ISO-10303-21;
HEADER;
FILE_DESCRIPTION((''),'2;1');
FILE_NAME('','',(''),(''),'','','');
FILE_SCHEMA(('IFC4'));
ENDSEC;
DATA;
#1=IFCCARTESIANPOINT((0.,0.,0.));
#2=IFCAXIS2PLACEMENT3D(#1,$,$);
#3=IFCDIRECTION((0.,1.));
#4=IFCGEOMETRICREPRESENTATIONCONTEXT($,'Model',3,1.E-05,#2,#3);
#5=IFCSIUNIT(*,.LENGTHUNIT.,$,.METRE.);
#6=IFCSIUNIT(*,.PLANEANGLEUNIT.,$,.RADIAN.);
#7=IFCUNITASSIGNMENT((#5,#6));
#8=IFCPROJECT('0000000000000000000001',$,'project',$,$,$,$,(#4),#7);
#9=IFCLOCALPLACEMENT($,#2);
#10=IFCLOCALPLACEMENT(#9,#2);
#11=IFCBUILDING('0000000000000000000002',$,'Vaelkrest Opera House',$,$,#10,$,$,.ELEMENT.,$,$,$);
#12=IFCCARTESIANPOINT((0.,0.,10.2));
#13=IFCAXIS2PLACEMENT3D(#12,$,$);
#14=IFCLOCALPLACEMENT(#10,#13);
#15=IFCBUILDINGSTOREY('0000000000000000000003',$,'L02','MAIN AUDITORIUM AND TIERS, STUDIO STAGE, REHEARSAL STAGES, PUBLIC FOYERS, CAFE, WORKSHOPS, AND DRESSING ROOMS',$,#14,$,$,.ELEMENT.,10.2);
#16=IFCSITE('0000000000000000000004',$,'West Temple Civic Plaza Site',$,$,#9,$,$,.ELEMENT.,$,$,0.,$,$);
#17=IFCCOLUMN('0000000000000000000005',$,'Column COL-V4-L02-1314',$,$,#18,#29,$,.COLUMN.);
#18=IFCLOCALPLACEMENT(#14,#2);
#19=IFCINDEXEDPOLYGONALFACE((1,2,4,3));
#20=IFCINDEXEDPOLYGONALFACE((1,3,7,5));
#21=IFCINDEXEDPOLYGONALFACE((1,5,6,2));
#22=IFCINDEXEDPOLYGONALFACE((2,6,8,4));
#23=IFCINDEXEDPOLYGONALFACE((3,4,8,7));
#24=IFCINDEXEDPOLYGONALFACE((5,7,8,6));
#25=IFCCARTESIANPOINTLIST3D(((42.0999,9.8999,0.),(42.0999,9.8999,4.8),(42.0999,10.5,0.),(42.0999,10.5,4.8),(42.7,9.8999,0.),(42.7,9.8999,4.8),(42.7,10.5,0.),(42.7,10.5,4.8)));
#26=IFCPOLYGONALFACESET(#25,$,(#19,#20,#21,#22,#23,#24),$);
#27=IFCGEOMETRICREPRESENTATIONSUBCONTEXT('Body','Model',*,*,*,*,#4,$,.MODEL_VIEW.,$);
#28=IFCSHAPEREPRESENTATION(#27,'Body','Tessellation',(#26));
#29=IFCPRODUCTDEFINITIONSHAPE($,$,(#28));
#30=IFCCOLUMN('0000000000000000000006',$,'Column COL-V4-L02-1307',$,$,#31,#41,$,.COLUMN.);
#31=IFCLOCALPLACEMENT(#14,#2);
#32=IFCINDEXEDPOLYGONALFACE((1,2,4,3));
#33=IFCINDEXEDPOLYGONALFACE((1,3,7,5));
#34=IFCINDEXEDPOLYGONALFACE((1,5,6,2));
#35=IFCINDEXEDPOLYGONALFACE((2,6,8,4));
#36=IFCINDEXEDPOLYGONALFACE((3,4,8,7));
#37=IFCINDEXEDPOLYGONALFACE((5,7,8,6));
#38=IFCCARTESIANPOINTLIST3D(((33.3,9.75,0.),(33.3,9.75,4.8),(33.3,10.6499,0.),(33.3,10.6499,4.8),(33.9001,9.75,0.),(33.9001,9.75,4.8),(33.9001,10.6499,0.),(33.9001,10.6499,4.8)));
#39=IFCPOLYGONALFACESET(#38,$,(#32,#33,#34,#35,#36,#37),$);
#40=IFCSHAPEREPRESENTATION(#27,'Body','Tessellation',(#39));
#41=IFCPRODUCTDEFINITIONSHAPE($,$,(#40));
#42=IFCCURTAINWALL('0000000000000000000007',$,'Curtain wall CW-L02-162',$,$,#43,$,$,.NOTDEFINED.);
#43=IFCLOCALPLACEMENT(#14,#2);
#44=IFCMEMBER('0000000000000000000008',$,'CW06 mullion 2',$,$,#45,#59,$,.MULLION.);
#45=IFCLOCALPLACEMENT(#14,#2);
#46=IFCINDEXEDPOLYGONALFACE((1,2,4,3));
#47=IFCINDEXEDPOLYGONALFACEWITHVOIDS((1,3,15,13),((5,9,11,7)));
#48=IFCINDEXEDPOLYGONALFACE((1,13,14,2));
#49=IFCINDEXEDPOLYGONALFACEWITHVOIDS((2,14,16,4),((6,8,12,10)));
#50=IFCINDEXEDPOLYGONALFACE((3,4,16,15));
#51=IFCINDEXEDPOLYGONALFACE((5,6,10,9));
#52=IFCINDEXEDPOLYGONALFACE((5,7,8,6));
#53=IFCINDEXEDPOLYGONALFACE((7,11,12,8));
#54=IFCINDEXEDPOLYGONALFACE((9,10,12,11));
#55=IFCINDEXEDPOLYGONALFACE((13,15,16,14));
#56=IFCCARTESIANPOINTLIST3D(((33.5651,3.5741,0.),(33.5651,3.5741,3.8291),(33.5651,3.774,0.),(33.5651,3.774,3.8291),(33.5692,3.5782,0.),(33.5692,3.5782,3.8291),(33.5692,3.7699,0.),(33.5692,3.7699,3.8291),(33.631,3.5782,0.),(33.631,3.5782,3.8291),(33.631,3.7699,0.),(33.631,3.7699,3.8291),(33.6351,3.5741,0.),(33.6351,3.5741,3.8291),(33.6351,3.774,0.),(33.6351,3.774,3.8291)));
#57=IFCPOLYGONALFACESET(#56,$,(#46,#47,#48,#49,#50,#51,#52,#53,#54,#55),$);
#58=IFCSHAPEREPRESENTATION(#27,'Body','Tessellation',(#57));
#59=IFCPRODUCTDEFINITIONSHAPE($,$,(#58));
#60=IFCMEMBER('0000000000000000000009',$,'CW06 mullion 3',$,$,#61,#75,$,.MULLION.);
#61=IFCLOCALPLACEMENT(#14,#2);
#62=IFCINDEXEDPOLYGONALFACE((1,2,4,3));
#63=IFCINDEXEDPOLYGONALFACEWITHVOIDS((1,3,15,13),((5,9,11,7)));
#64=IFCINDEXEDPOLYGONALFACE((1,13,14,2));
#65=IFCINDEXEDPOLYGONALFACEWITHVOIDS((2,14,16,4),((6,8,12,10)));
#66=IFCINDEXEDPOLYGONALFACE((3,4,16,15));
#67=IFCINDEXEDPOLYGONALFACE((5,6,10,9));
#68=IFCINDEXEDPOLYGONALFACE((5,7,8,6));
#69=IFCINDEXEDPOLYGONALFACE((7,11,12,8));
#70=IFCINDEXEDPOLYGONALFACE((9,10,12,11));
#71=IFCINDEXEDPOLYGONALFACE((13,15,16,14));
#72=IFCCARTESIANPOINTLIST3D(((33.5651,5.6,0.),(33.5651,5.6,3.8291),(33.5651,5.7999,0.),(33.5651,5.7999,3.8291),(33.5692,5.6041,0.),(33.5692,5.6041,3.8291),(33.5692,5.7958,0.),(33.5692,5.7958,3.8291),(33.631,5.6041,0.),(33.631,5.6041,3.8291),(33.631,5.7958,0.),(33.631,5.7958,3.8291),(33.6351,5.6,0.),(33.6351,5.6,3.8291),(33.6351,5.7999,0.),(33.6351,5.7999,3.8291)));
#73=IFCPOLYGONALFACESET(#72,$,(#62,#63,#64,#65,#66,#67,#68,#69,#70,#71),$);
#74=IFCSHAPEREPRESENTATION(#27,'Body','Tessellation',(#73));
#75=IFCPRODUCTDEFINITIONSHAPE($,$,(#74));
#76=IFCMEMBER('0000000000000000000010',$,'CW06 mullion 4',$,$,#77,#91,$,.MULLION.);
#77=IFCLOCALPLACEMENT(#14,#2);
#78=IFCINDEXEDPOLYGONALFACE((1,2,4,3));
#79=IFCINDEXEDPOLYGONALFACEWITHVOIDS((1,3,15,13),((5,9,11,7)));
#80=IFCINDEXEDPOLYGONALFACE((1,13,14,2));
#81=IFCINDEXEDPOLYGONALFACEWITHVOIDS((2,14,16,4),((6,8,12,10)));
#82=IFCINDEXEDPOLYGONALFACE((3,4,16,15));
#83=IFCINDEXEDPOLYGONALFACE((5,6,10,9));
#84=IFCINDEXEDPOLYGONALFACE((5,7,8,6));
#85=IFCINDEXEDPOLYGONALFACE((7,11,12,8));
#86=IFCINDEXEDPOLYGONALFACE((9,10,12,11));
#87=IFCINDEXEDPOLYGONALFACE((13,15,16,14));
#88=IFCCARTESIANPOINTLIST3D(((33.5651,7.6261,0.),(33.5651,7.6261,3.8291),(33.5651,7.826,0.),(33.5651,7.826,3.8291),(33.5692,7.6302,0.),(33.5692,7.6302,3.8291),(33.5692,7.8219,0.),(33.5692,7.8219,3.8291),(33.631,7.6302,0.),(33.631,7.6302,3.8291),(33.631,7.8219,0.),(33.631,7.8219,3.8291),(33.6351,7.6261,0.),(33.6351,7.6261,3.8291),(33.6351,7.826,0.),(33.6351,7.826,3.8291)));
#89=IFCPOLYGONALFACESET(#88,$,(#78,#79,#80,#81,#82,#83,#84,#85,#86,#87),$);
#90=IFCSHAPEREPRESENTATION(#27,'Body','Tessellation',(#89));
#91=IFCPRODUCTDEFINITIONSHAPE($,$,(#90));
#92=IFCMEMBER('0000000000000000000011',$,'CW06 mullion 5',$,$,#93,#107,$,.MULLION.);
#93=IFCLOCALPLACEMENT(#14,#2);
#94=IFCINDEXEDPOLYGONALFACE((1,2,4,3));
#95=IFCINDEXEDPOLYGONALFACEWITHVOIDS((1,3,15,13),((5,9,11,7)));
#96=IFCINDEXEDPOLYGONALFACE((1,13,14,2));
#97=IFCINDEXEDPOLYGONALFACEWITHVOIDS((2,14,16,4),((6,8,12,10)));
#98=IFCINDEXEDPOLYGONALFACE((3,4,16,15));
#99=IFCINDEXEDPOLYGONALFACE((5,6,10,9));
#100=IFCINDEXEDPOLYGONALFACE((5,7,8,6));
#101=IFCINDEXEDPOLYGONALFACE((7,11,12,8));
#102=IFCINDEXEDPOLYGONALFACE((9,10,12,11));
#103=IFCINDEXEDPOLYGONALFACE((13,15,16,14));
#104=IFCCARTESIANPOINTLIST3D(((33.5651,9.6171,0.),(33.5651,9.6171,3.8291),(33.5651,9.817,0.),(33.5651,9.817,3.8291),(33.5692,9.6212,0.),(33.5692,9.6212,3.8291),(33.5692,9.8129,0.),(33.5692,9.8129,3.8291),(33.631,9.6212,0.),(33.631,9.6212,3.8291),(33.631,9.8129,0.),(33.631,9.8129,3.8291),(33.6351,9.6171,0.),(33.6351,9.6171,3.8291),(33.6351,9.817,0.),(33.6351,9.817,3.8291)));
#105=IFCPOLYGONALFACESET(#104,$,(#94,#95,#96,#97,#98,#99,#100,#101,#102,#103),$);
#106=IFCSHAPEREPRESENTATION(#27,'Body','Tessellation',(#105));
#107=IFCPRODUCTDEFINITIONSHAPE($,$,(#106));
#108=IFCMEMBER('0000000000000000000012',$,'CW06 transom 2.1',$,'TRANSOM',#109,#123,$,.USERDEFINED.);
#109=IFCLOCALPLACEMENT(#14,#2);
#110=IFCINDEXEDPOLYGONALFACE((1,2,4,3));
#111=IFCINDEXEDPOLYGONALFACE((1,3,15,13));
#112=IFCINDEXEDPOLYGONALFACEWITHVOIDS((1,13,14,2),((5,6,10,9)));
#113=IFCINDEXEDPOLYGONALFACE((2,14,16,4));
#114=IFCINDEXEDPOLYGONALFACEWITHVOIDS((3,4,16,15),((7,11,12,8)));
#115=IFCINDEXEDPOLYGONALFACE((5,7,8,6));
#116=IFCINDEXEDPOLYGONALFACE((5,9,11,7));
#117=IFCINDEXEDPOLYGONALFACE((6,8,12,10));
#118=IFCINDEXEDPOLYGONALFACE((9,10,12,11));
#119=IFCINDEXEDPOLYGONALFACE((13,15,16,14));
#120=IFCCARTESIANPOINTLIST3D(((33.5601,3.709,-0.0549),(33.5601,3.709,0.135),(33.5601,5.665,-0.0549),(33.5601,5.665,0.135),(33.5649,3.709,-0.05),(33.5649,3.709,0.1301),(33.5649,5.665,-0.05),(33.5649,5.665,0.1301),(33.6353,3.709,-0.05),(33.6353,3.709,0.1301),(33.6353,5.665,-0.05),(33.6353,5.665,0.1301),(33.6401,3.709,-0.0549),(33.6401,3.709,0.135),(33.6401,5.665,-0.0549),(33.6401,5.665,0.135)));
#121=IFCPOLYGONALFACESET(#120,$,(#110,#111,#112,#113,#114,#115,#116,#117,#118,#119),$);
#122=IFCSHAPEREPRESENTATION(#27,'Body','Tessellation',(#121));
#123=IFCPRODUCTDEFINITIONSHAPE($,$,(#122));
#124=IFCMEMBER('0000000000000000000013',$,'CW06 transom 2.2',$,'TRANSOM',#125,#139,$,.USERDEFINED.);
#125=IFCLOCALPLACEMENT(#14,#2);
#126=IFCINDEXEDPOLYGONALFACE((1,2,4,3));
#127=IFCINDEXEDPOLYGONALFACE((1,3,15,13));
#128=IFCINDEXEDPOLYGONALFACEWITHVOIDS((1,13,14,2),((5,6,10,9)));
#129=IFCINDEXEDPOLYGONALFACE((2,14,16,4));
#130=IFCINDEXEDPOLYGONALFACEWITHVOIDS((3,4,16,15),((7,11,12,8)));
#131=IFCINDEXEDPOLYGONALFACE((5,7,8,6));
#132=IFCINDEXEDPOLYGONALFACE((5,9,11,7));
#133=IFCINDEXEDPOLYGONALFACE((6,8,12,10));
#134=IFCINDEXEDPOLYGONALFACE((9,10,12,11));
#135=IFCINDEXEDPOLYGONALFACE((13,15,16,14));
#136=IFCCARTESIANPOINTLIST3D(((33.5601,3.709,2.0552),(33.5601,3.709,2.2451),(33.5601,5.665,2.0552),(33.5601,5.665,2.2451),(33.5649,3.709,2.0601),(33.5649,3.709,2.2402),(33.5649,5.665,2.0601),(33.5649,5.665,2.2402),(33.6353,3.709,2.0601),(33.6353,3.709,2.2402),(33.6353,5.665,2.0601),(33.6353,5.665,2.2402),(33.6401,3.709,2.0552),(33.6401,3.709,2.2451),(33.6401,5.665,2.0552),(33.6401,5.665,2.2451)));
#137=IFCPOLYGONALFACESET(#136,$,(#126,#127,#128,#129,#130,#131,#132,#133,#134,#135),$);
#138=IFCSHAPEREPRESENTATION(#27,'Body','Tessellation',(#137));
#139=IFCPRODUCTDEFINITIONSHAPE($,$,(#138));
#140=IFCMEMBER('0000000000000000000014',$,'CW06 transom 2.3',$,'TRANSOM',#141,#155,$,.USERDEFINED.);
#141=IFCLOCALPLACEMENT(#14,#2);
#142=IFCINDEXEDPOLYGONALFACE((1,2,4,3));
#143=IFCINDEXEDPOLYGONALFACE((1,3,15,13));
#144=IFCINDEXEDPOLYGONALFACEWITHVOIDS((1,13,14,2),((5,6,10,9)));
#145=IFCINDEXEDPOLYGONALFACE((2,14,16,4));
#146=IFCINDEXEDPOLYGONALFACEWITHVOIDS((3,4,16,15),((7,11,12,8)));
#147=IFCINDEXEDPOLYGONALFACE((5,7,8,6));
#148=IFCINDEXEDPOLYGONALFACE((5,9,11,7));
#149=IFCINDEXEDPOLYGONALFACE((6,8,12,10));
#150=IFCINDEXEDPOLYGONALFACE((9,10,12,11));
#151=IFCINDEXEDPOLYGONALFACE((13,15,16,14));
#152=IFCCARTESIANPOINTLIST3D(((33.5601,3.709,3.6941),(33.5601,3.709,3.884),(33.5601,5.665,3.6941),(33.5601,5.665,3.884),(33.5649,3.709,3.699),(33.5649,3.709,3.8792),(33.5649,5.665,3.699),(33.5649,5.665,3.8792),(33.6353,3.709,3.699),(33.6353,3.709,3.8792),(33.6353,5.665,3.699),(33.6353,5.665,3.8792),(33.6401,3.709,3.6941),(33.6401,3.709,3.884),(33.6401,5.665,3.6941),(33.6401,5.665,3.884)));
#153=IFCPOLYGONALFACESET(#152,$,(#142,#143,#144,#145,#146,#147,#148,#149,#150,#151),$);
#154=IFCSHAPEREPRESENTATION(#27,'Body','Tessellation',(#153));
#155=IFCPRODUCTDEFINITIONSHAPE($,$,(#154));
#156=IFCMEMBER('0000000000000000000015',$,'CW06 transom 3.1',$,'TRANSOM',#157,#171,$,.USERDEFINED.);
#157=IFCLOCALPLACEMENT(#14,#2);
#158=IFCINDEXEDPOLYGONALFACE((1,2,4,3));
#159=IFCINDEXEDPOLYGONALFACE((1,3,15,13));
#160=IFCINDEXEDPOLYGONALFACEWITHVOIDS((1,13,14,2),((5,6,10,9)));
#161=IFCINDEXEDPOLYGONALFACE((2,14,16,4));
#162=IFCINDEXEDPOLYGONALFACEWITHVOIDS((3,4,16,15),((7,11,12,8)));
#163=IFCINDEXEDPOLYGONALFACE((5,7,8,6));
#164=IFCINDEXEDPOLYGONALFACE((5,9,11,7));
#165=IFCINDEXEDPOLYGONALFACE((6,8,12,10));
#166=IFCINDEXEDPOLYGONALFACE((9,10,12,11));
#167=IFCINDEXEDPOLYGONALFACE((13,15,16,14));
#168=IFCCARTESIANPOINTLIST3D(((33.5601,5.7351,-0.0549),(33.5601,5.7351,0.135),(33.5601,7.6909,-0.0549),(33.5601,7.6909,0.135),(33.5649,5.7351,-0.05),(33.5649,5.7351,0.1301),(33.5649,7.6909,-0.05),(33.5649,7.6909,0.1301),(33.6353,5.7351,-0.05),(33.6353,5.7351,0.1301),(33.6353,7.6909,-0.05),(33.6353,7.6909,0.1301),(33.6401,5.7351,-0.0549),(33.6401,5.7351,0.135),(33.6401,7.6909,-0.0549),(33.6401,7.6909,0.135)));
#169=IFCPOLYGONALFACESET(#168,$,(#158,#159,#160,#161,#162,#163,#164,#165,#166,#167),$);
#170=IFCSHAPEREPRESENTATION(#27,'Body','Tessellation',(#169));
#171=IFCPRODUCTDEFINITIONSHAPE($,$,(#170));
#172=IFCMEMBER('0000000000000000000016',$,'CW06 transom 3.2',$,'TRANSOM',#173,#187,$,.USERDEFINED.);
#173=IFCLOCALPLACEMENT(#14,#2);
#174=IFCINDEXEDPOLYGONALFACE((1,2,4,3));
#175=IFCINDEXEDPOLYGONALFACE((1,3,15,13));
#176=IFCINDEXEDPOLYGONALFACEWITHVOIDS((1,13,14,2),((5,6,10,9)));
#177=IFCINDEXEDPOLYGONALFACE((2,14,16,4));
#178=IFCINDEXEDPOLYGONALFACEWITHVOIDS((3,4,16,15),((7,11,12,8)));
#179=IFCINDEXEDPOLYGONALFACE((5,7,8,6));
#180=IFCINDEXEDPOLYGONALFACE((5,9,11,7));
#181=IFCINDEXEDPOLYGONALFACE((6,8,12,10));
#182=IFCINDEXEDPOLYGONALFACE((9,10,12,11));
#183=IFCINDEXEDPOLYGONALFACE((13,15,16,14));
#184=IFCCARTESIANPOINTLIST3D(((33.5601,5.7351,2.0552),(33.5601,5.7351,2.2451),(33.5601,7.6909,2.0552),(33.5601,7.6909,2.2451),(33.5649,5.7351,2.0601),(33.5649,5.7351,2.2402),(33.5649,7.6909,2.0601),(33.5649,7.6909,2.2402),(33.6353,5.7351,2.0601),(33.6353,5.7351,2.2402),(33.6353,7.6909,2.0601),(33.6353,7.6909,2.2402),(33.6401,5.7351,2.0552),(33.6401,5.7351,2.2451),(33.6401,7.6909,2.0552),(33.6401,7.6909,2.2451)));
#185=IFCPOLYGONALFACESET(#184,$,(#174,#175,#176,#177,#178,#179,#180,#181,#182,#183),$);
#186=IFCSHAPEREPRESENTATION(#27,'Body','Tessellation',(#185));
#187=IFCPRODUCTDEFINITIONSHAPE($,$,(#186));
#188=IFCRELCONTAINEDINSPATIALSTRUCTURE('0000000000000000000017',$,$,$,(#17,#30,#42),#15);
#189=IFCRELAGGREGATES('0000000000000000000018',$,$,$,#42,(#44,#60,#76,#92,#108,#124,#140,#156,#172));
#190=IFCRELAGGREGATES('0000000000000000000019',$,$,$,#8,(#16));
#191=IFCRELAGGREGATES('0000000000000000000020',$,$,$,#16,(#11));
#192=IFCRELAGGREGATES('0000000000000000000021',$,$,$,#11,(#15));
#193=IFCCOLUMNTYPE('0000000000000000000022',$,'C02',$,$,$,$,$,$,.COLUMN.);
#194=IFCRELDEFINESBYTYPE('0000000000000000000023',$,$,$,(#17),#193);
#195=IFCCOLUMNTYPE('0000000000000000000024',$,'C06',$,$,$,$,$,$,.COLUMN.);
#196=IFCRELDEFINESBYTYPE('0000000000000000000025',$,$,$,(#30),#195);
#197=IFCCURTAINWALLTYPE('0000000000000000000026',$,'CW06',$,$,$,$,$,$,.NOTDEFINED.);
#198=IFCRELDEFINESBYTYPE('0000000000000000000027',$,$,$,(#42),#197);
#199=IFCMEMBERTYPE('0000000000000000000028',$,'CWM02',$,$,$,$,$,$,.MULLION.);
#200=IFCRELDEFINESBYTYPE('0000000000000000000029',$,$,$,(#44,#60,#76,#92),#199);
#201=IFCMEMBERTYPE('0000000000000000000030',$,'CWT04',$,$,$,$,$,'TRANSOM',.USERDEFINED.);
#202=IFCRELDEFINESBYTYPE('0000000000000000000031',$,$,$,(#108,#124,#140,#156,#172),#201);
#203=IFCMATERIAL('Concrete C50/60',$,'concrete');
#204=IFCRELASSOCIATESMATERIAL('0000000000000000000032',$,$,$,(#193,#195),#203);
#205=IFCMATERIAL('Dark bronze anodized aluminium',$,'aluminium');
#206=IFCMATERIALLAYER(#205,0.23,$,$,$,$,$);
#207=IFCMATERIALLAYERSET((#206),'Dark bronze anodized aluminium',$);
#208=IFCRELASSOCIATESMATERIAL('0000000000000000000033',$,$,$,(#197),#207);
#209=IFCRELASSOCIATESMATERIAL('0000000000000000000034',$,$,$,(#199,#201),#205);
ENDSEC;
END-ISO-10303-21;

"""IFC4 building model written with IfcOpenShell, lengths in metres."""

from ifc_helpers import new_model, si_unit, direction, frame, origin, origin_2d, place, context, subcontext, project, spatial, rectangle, hollow_rectangle, extrude, material, layer, layer_set, material_profile, profile_set, type_object, element, aggregate, save


model = new_model("IFC4")

# Units and contexts
model_context = context("Model", 3, precision=1e-05, world=origin(), true_north=direction((0.0, 1.0)))
body_context = subcontext(model_context, "Body", "Model", "MODEL_VIEW")
ifc_project = project(units=[si_unit("LENGTHUNIT", "METRE"), si_unit("PLANEANGLEUNIT", "RADIAN")], contexts=[model_context])

# Site, building, storey
site_placement = place(None, origin())
site = spatial("IfcSite", under=ifc_project, at=site_placement, Name="West Temple Civic Plaza Site", CompositionType="ELEMENT", RefElevation=0.0)
building_placement = place(site_placement, origin())
building = spatial("IfcBuilding", under=site, at=building_placement, Name="Vaelkrest Opera House", CompositionType="ELEMENT")
storey_placement = place(building_placement, frame((0.0, 0.0, 10.2)))
storey = spatial("IfcBuildingStorey", under=building, at=storey_placement, Name="L02", Description="MAIN AUDITORIUM AND TIERS, STUDIO STAGE, REHEARSAL STAGES, PUBLIC FOYERS, CAFE, WORKSHOPS, AND DRESSING ROOMS", CompositionType="ELEMENT", Elevation=10.2)

# Columns
ifc_material_1 = material(Name="Concrete C50/60", Category="concrete")
ifc_material_profile_1 = material_profile(ifc_material_1, rectangle(XDim=0.6001, YDim=0.6001, at=origin_2d()), Name="RC600X600")
ifc_profile_set_1 = profile_set([ifc_material_profile_1], Name="Concrete C50/60")
column_type_1 = type_object("IfcColumnType", Name="C02", PredefinedType="COLUMN", material=ifc_profile_set_1)
column_1_placement = place(storey_placement, frame((42.3999, 10.2, 0.0), z_axis=(0.0, 0.0, 1.0), x_axis=(1.0, 0.0, 0.0)))
element("IfcColumn", 1, at=column_1_placement, inside=storey, type_object=column_type_1, Name="Column COL-V4-L02-1314", PredefinedType="COLUMN", context=body_context, shape_type="SweptSolid", body=[
    extrude(rectangle(XDim=0.6001, YDim=0.6001, at=origin_2d()), origin(), (0.0, 0.0, 1.0), 4.8),
])
ifc_material_profile_2 = material_profile(ifc_material_1, rectangle(XDim=0.6001, YDim=0.8999, at=origin_2d()), Name="RC600X900")
ifc_profile_set_2 = profile_set([ifc_material_profile_2], Name="Concrete C50/60")
column_type_2 = type_object("IfcColumnType", Name="C06", PredefinedType="COLUMN", material=ifc_profile_set_2)
column_2_placement = place(storey_placement, frame((33.6001, 10.2, 0.0), z_axis=(0.0, 0.0, 1.0), x_axis=(1.0, 0.0, 0.0)))
element("IfcColumn", 2, at=column_2_placement, inside=storey, type_object=column_type_2, Name="Column COL-V4-L02-1307", PredefinedType="COLUMN", context=body_context, shape_type="SweptSolid", body=[
    extrude(rectangle(XDim=0.6001, YDim=0.8999, at=origin_2d()), origin(), (0.0, 0.0, 1.0), 4.8),
])

# Curtain wall, members
ifc_material_2 = material(Name="Dark bronze anodized aluminium", Category="aluminium")
ifc_layer_1 = layer(ifc_material_2, 0.23)
ifc_layer_set_1 = layer_set([ifc_layer_1], Name="Dark bronze anodized aluminium")
curtain_wall_type = type_object("IfcCurtainWallType", Name="CW06", PredefinedType="NOTDEFINED", material=ifc_layer_set_1)
curtain_wall_placement = place(storey_placement, origin())
curtain_wall = element("IfcCurtainWall", 3, at=curtain_wall_placement, inside=storey, type_object=curtain_wall_type, Name="Curtain wall CW-L02-162", PredefinedType="NOTDEFINED")
ifc_material_profile_3 = material_profile(ifc_material_2, hollow_rectangle(XDim=0.0701, YDim=0.2, WallThickness=0.0042, at=origin_2d()), Name="CWM70X200")
ifc_profile_set_3 = profile_set([ifc_material_profile_3], Name="Dark bronze anodized aluminium")
member_type_1 = type_object("IfcMemberType", Name="CWM02", PredefinedType="MULLION", material=ifc_profile_set_3)
member_1_placement = place(storey_placement, frame((33.6001, 3.6741, 0.0), z_axis=(0.0, 0.0, 1.0), x_axis=(-1.0, 0.0, 0.0)))
member_1 = element("IfcMember", 4, at=member_1_placement, type_object=member_type_1, Name="CW06 mullion 2", PredefinedType="MULLION", context=body_context, shape_type="SweptSolid", body=[
    extrude(hollow_rectangle(XDim=0.0701, YDim=0.2, WallThickness=0.0042, at=origin_2d()), origin(), (0.0, 0.0, 1.0), 3.8291),
])
member_2_placement = place(storey_placement, frame((33.6001, 5.7, 0.0), z_axis=(0.0, 0.0, 1.0), x_axis=(-1.0, 0.0, 0.0)))
member_2 = element("IfcMember", 5, at=member_2_placement, type_object=member_type_1, Name="CW06 mullion 3", PredefinedType="MULLION", context=body_context, shape_type="SweptSolid", body=[
    extrude(hollow_rectangle(XDim=0.0701, YDim=0.2, WallThickness=0.0042, at=origin_2d()), origin(), (0.0, 0.0, 1.0), 3.8291),
])
member_3_placement = place(storey_placement, frame((33.6001, 7.7261, 0.0), z_axis=(0.0, 0.0, 1.0), x_axis=(-1.0, 0.0, 0.0)))
member_3 = element("IfcMember", 6, at=member_3_placement, type_object=member_type_1, Name="CW06 mullion 4", PredefinedType="MULLION", context=body_context, shape_type="SweptSolid", body=[
    extrude(hollow_rectangle(XDim=0.0701, YDim=0.2, WallThickness=0.0042, at=origin_2d()), origin(), (0.0, 0.0, 1.0), 3.8291),
])
member_4_placement = place(storey_placement, frame((33.6001, 9.717, 0.0), z_axis=(0.0, 0.0, 1.0), x_axis=(-1.0, 0.0, 0.0)))
member_4 = element("IfcMember", 7, at=member_4_placement, type_object=member_type_1, Name="CW06 mullion 5", PredefinedType="MULLION", context=body_context, shape_type="SweptSolid", body=[
    extrude(hollow_rectangle(XDim=0.0701, YDim=0.2, WallThickness=0.0042, at=origin_2d()), origin(), (0.0, 0.0, 1.0), 3.8291),
])
ifc_material_profile_4 = material_profile(ifc_material_2, hollow_rectangle(XDim=0.0801, YDim=0.1899, WallThickness=0.0049, at=origin_2d()), Name="CWT80X190")
ifc_profile_set_4 = profile_set([ifc_material_profile_4], Name="Dark bronze anodized aluminium")
member_type_2 = type_object("IfcMemberType", Name="CWT04", ElementType="TRANSOM", PredefinedType="USERDEFINED", material=ifc_profile_set_4)
member_5_placement = place(storey_placement, frame((33.6001, 3.709, 0.04), z_axis=(0.0, 1.0, 0.0), x_axis=(-1.0, 0.0, 0.0)))
member_5 = element("IfcMember", 8, at=member_5_placement, type_object=member_type_2, Name="CW06 transom 2.1", ObjectType="TRANSOM", PredefinedType="USERDEFINED", context=body_context, shape_type="SweptSolid", body=[
    extrude(hollow_rectangle(XDim=0.0801, YDim=0.1899, WallThickness=0.0049, at=origin_2d()), origin(), (0.0, 0.0, 1.0), 1.9561),
])
member_6_placement = place(storey_placement, frame((33.6001, 3.709, 2.1501), z_axis=(0.0, 1.0, 0.0), x_axis=(-1.0, 0.0, 0.0)))
member_6 = element("IfcMember", 9, at=member_6_placement, type_object=member_type_2, Name="CW06 transom 2.2", ObjectType="TRANSOM", PredefinedType="USERDEFINED", context=body_context, shape_type="SweptSolid", body=[
    extrude(hollow_rectangle(XDim=0.0801, YDim=0.1899, WallThickness=0.0049, at=origin_2d()), origin(), (0.0, 0.0, 1.0), 1.9561),
])
member_7_placement = place(storey_placement, frame((33.6001, 3.709, 3.7891), z_axis=(0.0, 1.0, 0.0), x_axis=(-1.0, 0.0, 0.0)))
member_7 = element("IfcMember", 10, at=member_7_placement, type_object=member_type_2, Name="CW06 transom 2.3", ObjectType="TRANSOM", PredefinedType="USERDEFINED", context=body_context, shape_type="SweptSolid", body=[
    extrude(hollow_rectangle(XDim=0.0801, YDim=0.1899, WallThickness=0.0049, at=origin_2d()), origin(), (0.0, 0.0, 1.0), 1.9561),
])
member_8_placement = place(storey_placement, frame((33.6001, 5.7351, 0.04), z_axis=(0.0, 1.0, 0.0), x_axis=(-1.0, 0.0, 0.0)))
member_8 = element("IfcMember", 11, at=member_8_placement, type_object=member_type_2, Name="CW06 transom 3.1", ObjectType="TRANSOM", PredefinedType="USERDEFINED", context=body_context, shape_type="SweptSolid", body=[
    extrude(hollow_rectangle(XDim=0.0801, YDim=0.1899, WallThickness=0.0049, at=origin_2d()), origin(), (0.0, 0.0, 1.0), 1.9558),
])
member_9_placement = place(storey_placement, frame((33.6001, 5.7351, 2.1501), z_axis=(0.0, 1.0, 0.0), x_axis=(-1.0, 0.0, 0.0)))
member_9 = element("IfcMember", 12, at=member_9_placement, type_object=member_type_2, Name="CW06 transom 3.2", ObjectType="TRANSOM", PredefinedType="USERDEFINED", context=body_context, shape_type="SweptSolid", body=[
    extrude(hollow_rectangle(XDim=0.0801, YDim=0.1899, WallThickness=0.0049, at=origin_2d()), origin(), (0.0, 0.0, 1.0), 1.9558),
])
aggregate(curtain_wall, [member_1, member_2, member_3, member_4, member_5, member_6, member_7, member_8, member_9])

save(model, "model.ifc")
